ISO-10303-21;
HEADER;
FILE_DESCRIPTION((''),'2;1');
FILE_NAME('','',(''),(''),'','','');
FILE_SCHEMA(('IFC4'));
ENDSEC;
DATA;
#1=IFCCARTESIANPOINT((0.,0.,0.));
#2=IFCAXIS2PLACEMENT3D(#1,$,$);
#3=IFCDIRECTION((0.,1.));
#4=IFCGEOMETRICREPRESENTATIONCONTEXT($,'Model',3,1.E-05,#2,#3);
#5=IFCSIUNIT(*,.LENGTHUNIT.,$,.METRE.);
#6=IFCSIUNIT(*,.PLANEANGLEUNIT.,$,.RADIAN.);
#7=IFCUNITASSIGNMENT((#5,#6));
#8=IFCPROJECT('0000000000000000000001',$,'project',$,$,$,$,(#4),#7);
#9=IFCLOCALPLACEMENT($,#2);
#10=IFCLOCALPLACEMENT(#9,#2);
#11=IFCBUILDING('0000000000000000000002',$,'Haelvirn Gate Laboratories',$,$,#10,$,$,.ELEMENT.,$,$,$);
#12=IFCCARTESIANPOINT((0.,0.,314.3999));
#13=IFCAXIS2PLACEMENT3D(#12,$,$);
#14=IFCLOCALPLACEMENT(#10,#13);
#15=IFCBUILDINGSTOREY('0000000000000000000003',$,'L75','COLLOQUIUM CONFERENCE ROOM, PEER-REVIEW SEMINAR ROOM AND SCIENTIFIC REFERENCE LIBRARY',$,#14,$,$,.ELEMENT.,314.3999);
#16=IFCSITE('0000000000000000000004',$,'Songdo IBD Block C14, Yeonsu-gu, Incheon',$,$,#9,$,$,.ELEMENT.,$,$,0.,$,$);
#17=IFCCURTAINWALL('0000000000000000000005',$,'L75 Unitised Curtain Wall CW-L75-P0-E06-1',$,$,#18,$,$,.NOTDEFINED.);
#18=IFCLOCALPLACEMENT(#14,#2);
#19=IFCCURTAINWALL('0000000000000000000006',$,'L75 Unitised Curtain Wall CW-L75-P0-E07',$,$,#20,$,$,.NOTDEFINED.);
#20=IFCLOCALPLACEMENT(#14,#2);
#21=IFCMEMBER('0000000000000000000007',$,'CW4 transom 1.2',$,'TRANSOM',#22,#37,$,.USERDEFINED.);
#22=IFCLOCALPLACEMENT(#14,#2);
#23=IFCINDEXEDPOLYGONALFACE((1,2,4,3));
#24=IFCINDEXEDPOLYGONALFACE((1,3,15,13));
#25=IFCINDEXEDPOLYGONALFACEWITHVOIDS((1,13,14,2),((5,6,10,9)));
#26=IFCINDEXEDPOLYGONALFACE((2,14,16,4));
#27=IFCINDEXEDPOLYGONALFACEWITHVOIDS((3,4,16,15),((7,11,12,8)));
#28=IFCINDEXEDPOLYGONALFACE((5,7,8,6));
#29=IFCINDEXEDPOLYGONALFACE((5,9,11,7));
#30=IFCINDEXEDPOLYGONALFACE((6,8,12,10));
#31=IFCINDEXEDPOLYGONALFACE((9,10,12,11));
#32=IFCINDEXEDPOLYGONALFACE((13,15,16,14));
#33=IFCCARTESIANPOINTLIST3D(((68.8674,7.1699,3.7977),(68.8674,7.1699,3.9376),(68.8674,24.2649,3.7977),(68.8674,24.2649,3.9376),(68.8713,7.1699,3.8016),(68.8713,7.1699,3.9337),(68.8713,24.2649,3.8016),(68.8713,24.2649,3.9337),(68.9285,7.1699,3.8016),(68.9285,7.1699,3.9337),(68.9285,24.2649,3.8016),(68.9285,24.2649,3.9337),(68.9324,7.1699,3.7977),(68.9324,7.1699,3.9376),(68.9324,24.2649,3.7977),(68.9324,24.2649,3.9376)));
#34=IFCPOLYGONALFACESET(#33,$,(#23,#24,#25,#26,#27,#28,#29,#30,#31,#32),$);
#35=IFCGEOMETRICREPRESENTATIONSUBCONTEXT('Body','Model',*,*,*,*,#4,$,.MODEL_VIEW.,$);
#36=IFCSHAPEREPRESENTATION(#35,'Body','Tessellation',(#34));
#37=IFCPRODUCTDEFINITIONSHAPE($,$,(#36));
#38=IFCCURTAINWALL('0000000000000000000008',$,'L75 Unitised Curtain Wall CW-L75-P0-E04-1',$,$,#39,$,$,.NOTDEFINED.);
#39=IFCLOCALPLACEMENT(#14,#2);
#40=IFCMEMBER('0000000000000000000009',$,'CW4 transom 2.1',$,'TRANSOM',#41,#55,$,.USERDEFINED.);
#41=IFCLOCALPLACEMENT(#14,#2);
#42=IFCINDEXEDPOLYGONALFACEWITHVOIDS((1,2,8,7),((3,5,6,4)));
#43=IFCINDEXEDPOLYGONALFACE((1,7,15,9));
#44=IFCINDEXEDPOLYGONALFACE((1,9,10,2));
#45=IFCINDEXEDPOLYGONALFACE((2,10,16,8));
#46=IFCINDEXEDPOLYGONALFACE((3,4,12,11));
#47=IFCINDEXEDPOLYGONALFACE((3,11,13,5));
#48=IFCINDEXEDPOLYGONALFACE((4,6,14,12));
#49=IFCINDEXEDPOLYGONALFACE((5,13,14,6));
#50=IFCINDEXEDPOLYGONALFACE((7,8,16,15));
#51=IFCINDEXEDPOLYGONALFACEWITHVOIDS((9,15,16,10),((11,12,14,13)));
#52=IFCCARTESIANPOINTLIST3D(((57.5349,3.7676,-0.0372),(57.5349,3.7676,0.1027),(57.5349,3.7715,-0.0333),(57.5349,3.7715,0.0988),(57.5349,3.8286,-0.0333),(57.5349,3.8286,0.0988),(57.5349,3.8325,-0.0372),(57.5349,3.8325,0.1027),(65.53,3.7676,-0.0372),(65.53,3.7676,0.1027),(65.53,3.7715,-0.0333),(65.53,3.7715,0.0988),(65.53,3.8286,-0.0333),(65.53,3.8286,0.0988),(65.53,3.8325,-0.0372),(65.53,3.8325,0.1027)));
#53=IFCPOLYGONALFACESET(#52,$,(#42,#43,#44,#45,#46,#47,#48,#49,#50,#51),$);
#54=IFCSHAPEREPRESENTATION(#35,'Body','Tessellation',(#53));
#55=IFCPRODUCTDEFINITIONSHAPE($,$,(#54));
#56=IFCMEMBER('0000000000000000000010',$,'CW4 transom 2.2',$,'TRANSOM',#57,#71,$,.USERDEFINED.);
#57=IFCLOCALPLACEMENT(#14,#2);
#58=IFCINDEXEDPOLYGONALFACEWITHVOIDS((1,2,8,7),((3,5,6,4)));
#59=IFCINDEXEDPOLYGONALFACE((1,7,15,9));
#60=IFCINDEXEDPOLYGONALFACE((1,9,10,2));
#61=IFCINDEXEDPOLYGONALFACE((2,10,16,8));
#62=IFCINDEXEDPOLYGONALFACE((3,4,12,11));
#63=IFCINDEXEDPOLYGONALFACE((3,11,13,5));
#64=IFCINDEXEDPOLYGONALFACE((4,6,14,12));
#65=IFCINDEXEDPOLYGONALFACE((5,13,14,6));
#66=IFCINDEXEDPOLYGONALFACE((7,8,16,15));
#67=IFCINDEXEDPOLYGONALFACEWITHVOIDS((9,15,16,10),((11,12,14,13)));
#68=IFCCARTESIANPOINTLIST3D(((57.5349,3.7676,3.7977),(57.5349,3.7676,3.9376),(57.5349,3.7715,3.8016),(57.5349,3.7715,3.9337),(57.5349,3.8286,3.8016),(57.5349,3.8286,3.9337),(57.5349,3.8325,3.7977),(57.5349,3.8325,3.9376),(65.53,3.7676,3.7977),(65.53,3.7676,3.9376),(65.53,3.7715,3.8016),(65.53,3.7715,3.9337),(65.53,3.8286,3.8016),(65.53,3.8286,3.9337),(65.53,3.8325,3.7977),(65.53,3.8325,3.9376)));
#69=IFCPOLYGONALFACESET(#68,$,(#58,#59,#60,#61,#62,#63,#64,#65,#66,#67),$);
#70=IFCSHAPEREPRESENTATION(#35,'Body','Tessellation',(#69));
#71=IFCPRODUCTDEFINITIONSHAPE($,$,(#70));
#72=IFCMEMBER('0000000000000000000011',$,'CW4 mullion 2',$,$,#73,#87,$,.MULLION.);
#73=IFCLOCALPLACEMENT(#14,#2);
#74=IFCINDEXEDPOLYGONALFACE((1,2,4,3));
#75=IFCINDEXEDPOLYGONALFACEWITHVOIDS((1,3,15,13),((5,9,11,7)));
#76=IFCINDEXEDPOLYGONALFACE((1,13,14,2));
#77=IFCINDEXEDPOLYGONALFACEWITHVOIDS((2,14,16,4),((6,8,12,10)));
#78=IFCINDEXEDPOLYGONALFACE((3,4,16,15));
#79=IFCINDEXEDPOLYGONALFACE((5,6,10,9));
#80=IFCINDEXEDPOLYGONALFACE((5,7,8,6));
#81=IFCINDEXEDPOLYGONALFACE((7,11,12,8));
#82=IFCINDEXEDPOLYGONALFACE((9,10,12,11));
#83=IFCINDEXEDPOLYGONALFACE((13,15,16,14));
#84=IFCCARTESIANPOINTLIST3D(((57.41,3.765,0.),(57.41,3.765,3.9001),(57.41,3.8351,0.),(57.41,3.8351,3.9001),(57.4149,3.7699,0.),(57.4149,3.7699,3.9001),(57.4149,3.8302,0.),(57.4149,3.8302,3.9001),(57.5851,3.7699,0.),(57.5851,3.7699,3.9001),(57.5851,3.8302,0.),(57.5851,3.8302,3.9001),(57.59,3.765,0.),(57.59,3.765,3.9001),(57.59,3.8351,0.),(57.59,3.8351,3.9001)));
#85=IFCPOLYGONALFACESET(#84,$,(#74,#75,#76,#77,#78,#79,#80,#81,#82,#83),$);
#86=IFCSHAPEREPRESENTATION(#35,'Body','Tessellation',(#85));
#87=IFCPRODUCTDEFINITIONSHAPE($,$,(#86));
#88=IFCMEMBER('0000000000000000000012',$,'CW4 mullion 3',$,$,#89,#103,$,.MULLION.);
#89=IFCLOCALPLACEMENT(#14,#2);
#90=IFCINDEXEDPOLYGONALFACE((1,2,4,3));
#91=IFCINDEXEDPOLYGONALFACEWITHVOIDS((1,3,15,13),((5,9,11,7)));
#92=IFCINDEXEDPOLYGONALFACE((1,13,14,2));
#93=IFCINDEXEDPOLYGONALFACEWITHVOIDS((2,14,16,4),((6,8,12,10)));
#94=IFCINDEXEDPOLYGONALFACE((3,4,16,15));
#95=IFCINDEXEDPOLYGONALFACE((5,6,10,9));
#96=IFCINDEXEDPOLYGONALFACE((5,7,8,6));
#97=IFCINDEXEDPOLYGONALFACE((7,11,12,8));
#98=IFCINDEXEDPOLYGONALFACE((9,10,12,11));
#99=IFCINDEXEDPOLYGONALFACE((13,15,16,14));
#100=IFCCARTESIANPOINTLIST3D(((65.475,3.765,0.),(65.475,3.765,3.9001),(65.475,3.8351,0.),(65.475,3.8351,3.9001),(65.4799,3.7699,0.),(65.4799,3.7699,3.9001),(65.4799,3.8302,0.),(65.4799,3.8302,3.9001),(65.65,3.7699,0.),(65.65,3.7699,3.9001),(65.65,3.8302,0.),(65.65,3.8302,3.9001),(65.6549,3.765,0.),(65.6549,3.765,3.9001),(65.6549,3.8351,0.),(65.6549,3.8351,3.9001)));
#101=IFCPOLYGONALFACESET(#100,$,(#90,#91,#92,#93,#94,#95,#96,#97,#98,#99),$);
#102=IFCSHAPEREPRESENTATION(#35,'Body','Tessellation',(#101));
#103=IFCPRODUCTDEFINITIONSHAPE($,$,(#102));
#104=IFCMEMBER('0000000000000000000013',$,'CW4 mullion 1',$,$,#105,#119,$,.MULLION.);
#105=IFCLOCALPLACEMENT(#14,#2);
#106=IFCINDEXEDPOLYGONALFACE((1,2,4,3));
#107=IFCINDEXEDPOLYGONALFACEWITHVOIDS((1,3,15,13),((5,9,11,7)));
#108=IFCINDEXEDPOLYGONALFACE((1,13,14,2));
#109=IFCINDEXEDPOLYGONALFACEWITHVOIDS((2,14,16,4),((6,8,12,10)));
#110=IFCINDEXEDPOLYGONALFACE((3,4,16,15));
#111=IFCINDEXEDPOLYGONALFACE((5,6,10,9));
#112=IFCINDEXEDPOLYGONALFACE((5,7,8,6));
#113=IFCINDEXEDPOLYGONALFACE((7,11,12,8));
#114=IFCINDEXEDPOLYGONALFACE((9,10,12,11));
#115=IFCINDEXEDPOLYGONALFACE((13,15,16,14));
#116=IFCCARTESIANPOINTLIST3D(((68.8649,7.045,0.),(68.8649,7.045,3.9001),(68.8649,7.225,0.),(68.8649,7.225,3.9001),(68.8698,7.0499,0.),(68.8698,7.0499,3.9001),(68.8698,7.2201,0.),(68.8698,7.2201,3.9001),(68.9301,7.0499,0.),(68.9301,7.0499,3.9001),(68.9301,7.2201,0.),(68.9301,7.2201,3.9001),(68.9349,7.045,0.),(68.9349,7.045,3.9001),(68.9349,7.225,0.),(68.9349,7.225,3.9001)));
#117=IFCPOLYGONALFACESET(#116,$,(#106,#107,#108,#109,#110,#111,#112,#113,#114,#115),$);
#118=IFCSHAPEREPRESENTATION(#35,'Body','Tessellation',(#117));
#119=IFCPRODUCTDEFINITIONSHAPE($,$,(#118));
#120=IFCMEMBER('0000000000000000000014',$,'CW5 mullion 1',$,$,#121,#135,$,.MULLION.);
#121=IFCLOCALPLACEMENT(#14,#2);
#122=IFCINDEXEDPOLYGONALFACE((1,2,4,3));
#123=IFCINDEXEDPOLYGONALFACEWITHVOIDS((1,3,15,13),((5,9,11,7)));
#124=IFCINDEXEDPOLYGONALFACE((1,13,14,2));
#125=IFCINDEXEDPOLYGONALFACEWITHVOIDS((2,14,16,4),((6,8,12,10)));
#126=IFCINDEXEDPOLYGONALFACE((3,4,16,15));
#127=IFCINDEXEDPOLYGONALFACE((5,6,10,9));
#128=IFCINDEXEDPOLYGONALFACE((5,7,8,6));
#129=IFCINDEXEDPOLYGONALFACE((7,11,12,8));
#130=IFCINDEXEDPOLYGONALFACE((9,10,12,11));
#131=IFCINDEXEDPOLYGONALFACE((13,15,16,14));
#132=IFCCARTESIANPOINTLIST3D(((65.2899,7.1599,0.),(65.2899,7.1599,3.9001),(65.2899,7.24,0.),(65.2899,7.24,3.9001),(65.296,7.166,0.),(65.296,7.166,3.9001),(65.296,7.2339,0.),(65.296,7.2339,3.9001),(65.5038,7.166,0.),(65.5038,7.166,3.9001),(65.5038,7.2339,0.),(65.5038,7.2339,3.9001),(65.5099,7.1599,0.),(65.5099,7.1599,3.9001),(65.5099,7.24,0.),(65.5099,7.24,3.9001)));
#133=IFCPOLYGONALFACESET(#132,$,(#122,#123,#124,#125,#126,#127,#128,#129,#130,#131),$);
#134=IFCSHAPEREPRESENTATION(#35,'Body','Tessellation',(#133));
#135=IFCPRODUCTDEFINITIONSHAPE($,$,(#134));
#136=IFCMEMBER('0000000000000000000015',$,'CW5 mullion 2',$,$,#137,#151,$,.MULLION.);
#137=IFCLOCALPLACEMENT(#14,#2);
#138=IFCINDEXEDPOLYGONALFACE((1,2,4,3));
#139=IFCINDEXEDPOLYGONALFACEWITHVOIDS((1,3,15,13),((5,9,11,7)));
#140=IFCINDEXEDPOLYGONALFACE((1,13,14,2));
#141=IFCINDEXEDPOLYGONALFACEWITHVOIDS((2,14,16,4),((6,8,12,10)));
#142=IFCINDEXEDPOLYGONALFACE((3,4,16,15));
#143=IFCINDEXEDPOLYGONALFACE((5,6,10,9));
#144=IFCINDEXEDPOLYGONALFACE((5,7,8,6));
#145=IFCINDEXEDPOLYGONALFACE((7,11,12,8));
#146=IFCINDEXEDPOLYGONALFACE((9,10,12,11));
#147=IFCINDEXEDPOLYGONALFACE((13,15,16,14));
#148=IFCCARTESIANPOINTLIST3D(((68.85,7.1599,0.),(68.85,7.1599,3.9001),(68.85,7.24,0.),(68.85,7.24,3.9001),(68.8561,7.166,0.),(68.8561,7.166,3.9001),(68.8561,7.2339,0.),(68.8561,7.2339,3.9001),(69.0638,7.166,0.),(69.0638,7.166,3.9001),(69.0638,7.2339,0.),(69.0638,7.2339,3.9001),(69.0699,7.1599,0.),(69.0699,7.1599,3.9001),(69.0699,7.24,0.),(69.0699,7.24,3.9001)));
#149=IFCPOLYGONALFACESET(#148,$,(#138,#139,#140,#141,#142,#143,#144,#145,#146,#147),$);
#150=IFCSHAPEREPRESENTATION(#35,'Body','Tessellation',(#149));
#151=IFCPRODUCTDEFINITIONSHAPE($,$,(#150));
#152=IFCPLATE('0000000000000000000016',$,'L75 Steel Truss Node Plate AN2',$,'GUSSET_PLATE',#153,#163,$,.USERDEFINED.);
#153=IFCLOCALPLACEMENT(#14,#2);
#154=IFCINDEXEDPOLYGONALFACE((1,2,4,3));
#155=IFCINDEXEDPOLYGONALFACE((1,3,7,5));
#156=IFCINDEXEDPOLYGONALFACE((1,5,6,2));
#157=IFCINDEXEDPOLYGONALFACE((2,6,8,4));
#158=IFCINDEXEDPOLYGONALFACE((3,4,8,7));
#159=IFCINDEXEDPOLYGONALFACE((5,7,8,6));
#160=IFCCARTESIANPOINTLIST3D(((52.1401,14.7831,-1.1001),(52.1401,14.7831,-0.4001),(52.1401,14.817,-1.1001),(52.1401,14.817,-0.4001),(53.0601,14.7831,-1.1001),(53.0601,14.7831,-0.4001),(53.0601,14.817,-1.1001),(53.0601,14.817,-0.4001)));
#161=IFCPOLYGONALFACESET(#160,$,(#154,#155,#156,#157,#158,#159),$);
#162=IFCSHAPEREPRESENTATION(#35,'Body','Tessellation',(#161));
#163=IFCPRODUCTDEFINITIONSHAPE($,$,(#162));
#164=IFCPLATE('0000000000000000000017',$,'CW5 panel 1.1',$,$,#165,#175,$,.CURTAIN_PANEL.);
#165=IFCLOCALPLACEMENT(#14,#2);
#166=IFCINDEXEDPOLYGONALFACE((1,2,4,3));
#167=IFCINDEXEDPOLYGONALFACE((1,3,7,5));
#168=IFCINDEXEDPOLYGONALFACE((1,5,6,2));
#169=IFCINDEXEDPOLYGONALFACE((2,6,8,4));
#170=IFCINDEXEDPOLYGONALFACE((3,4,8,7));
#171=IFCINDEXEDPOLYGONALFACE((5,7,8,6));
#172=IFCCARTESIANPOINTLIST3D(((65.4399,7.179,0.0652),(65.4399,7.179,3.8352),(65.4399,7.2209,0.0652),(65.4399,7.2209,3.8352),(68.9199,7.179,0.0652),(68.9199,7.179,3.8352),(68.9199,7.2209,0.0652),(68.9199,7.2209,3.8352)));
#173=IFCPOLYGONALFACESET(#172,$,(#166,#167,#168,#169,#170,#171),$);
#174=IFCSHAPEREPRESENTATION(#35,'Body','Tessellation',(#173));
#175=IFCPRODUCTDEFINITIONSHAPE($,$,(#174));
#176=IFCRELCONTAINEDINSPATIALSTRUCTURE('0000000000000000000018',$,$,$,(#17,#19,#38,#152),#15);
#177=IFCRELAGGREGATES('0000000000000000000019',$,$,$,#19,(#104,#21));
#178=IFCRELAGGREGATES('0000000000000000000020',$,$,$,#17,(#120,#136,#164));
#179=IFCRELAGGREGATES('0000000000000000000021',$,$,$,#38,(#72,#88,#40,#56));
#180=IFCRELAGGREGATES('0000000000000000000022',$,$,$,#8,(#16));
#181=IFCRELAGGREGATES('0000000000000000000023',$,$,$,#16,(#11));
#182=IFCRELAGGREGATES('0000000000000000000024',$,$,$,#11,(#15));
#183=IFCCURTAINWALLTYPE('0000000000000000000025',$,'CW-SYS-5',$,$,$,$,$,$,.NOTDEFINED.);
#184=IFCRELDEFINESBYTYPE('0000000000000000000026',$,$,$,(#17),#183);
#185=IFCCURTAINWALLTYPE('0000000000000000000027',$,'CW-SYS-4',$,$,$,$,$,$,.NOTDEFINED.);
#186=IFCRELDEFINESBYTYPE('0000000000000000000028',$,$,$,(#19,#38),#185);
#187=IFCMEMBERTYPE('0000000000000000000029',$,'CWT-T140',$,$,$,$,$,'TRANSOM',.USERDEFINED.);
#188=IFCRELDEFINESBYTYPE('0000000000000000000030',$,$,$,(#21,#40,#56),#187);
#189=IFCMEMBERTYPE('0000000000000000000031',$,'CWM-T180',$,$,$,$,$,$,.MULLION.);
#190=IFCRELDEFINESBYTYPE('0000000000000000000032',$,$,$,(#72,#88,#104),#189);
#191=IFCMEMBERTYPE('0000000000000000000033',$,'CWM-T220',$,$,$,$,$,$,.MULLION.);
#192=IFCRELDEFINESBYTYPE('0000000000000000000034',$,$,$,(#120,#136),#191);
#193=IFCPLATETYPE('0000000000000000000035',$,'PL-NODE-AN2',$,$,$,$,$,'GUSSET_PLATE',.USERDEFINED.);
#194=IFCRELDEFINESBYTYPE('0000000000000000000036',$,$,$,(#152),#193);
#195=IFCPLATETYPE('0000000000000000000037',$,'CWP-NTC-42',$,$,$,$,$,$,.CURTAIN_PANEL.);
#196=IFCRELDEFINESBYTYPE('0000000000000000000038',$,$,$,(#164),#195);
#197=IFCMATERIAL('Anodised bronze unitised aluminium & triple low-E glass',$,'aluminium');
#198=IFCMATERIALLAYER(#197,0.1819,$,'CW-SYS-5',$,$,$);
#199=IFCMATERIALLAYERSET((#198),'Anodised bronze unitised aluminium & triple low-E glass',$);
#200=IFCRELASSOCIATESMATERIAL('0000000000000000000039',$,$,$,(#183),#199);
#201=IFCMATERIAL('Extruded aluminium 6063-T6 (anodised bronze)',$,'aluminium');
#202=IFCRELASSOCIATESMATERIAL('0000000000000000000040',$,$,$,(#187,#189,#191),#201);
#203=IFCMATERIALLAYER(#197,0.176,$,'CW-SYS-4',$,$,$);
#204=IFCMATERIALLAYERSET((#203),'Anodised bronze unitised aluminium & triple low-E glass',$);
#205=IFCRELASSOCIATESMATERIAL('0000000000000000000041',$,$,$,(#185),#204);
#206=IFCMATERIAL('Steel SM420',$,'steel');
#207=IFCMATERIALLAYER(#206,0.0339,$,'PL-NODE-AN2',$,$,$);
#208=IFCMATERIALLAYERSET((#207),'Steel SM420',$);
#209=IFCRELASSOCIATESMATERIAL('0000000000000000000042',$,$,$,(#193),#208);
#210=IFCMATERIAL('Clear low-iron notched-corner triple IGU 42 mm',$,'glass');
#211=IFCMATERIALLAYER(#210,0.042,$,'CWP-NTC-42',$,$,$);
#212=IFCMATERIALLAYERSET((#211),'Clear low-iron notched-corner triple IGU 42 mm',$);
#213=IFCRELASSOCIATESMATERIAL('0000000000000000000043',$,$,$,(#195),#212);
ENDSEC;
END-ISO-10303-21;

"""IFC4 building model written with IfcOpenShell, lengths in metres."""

from ifc_helpers import new_model, si_unit, direction, frame, origin, origin_2d, place, context, subcontext, project, spatial, rectangle, hollow_rectangle, extrude, source, transform, mapped, material, layer, layer_set, material_profile, profile_set, type_object, type_shapes, element, aggregate, save


model = new_model("IFC4")

# Units and contexts
model_context = context("Model", 3, precision=1e-05, world=origin(), true_north=direction((0.0, 1.0)))
body_context = subcontext(model_context, "Body", "Model", "MODEL_VIEW")
ifc_project = project(units=[si_unit("LENGTHUNIT", "METRE"), si_unit("PLANEANGLEUNIT", "RADIAN")], contexts=[model_context])

# Site, building, storey
site_placement = place(None, origin())
site = spatial("IfcSite", under=ifc_project, at=site_placement, Name="Songdo IBD Block C14, Yeonsu-gu, Incheon", CompositionType="ELEMENT", RefElevation=0.0)
building_placement = place(site_placement, origin())
building = spatial("IfcBuilding", under=site, at=building_placement, Name="Haelvirn Gate Laboratories", CompositionType="ELEMENT")
storey_placement = place(building_placement, frame((0.0, 0.0, 314.3999)))
storey = spatial("IfcBuildingStorey", under=building, at=storey_placement, Name="L75", Description="COLLOQUIUM CONFERENCE ROOM, PEER-REVIEW SEMINAR ROOM AND SCIENTIFIC REFERENCE LIBRARY", CompositionType="ELEMENT", Elevation=314.3999)

# Curtain walls, members
ifc_material_1 = material(Name="Anodised bronze unitised aluminium & triple low-E glass", Category="aluminium")
ifc_layer_1 = layer(ifc_material_1, 0.1819, Name="CW-SYS-5")
ifc_layer_set_1 = layer_set([ifc_layer_1], Name="Anodised bronze unitised aluminium & triple low-E glass")
curtain_wall_type_1 = type_object("IfcCurtainWallType", Name="CW-SYS-5", PredefinedType="NOTDEFINED", material=ifc_layer_set_1)
curtain_wall_1_placement = place(storey_placement, origin())
curtain_wall_1 = element("IfcCurtainWall", 1, at=curtain_wall_1_placement, inside=storey, type_object=curtain_wall_type_1, Name="L75 Unitised Curtain Wall CW-L75-P0-E06-1", PredefinedType="NOTDEFINED")
ifc_material_2 = material(Name="Extruded aluminium 6063-T6 (anodised bronze)", Category="aluminium")
ifc_material_profile_1 = material_profile(ifc_material_2, hollow_rectangle(XDim=0.0649, YDim=0.1399, WallThickness=0.0039, at=origin_2d()), Name="CWT-140x65x4")
ifc_profile_set_1 = profile_set([ifc_material_profile_1], Name="Extruded aluminium 6063-T6 (anodised bronze)")
member_type_1 = type_object("IfcMemberType", Name="CWT-T140", ElementType="TRANSOM", PredefinedType="USERDEFINED", material=ifc_profile_set_1)
ifc_layer_2 = layer(ifc_material_1, 0.176, Name="CW-SYS-4")
ifc_layer_set_2 = layer_set([ifc_layer_2], Name="Anodised bronze unitised aluminium & triple low-E glass")
curtain_wall_type_2 = type_object("IfcCurtainWallType", Name="CW-SYS-4", PredefinedType="NOTDEFINED", material=ifc_layer_set_2)
curtain_wall_2_placement = place(storey_placement, origin())
curtain_wall_2 = element("IfcCurtainWall", 2, at=curtain_wall_2_placement, inside=storey, type_object=curtain_wall_type_2, Name="L75 Unitised Curtain Wall CW-L75-P0-E07", PredefinedType="NOTDEFINED")
shared_shape_1 = source(origin(), body_context, "Body", "SweptSolid", [
    extrude(hollow_rectangle(XDim=0.0649, YDim=0.1399, WallThickness=0.0039, at=origin_2d()), origin(), (0.0, 0.0, 1.0), 17.095),
])
member_1_placement = place(storey_placement, frame((68.8999, 7.1699, 3.8677), z_axis=(0.0, 1.0, 0.0), x_axis=(-1.0, 0.0, 0.0)))
member_1 = element("IfcMember", 3, at=member_1_placement, type_object=member_type_1, Name="CW4 transom 1.2", ObjectType="TRANSOM", PredefinedType="USERDEFINED", context=body_context, shape_type="MappedRepresentation", body=[
    mapped(shared_shape_1, transform((0.0, 0.0, 0.0), scale=1.0)),
])
curtain_wall_3_placement = place(storey_placement, origin())
curtain_wall_3 = element("IfcCurtainWall", 4, at=curtain_wall_3_placement, inside=storey, type_object=curtain_wall_type_2, Name="L75 Unitised Curtain Wall CW-L75-P0-E04-1", PredefinedType="NOTDEFINED")
shared_shape_2 = source(origin(), body_context, "Body", "SweptSolid", [
    extrude(hollow_rectangle(XDim=0.0649, YDim=0.1399, WallThickness=0.0039, at=origin_2d()), origin(), (0.0, 0.0, 1.0), 7.9951),
])
member_2_placement = place(storey_placement, frame((57.5349, 3.8, 0.0327), z_axis=(1.0, 0.0, 0.0), x_axis=(0.0, 1.0, 0.0)))
member_2 = element("IfcMember", 5, at=member_2_placement, type_object=member_type_1, Name="CW4 transom 2.1", ObjectType="TRANSOM", PredefinedType="USERDEFINED", context=body_context, shape_type="MappedRepresentation", body=[
    mapped(shared_shape_2, transform((0.0, 0.0, 0.0), scale=1.0)),
])
member_3_placement = place(storey_placement, frame((57.5349, 3.8, 3.8677), z_axis=(1.0, 0.0, 0.0), x_axis=(0.0, 1.0, 0.0)))
member_3 = element("IfcMember", 6, at=member_3_placement, type_object=member_type_1, Name="CW4 transom 2.2", ObjectType="TRANSOM", PredefinedType="USERDEFINED", context=body_context, shape_type="MappedRepresentation", body=[
    mapped(shared_shape_2, transform((0.0, 0.0, 0.0), scale=1.0)),
])
ifc_material_profile_2 = material_profile(ifc_material_2, hollow_rectangle(XDim=0.0701, YDim=0.1799, WallThickness=0.0049, at=origin_2d()), Name="CWM-180x70x5")
ifc_profile_set_2 = profile_set([ifc_material_profile_2], Name="Extruded aluminium 6063-T6 (anodised bronze)")
member_type_2 = type_object("IfcMemberType", Name="CWM-T180", PredefinedType="MULLION", material=ifc_profile_set_2)
shared_shape_3 = source(origin(), body_context, "Body", "SweptSolid", [
    extrude(hollow_rectangle(XDim=0.0701, YDim=0.1799, WallThickness=0.0049, at=origin_2d()), origin(), (0.0, 0.0, 1.0), 3.9001),
])
type_shapes(member_type_2, [shared_shape_3])
member_4_placement = place(storey_placement, frame((57.5, 3.8, 0.0), z_axis=(0.0, 0.0, 1.0), x_axis=(0.0, 1.0, 0.0)))
member_4 = element("IfcMember", 7, at=member_4_placement, type_object=member_type_2, Name="CW4 mullion 2", PredefinedType="MULLION", context=body_context, shape_type="MappedRepresentation", body=[
    mapped(shared_shape_3, transform((0.0, 0.0, 0.0), scale=1.0)),
])
member_5_placement = place(storey_placement, frame((65.5649, 3.8, 0.0), z_axis=(0.0, 0.0, 1.0), x_axis=(0.0, 1.0, 0.0)))
member_5 = element("IfcMember", 8, at=member_5_placement, type_object=member_type_2, Name="CW4 mullion 3", PredefinedType="MULLION", context=body_context, shape_type="MappedRepresentation", body=[
    mapped(shared_shape_3, transform((0.0, 0.0, 0.0), scale=1.0)),
])

# Members
member_6_placement = place(storey_placement, frame((68.8999, 7.135, 0.0), z_axis=(0.0, 0.0, 1.0), x_axis=(-1.0, 0.0, 0.0)))
member_6 = element("IfcMember", 9, at=member_6_placement, type_object=member_type_2, Name="CW4 mullion 1", PredefinedType="MULLION", context=body_context, shape_type="MappedRepresentation", body=[
    mapped(shared_shape_3, transform((0.0, 0.0, 0.0), scale=1.0)),
])
aggregate(curtain_wall_2, [member_6, member_1])
ifc_material_profile_3 = material_profile(ifc_material_2, hollow_rectangle(XDim=0.0801, YDim=0.22, WallThickness=0.0061, at=origin_2d()), Name="CWM-220x80x6")
ifc_profile_set_3 = profile_set([ifc_material_profile_3], Name="Extruded aluminium 6063-T6 (anodised bronze)")
member_type_3 = type_object("IfcMemberType", Name="CWM-T220", PredefinedType="MULLION", material=ifc_profile_set_3)
shared_shape_4 = source(origin(), body_context, "Body", "SweptSolid", [
    extrude(hollow_rectangle(XDim=0.0801, YDim=0.22, WallThickness=0.0061, at=origin_2d()), origin(), (0.0, 0.0, 1.0), 3.9001),
])
type_shapes(member_type_3, [shared_shape_4])
member_7_placement = place(storey_placement, frame((65.3999, 7.2, 0.0), z_axis=(0.0, 0.0, 1.0), x_axis=(0.0, 1.0, 0.0)))
member_7 = element("IfcMember", 10, at=member_7_placement, type_object=member_type_3, Name="CW5 mullion 1", PredefinedType="MULLION", context=body_context, shape_type="MappedRepresentation", body=[
    mapped(shared_shape_4, transform((0.0, 0.0, 0.0), scale=1.0)),
])
member_8_placement = place(storey_placement, frame((68.96, 7.2, 0.0), z_axis=(0.0, 0.0, 1.0), x_axis=(0.0, 1.0, 0.0)))
member_8 = element("IfcMember", 11, at=member_8_placement, type_object=member_type_3, Name="CW5 mullion 2", PredefinedType="MULLION", context=body_context, shape_type="MappedRepresentation", body=[
    mapped(shared_shape_4, transform((0.0, 0.0, 0.0), scale=1.0)),
])

# Plates
ifc_material_3 = material(Name="Steel SM420", Category="steel")
ifc_layer_3 = layer(ifc_material_3, 0.0339, Name="PL-NODE-AN2")
ifc_layer_set_3 = layer_set([ifc_layer_3], Name="Steel SM420")
plate_type_1 = type_object("IfcPlateType", Name="PL-NODE-AN2", ElementType="GUSSET_PLATE", PredefinedType="USERDEFINED", material=ifc_layer_set_3)
shared_shape_5 = source(origin(), body_context, "Body", "SweptSolid", [
    extrude(rectangle(XDim=0.9199, YDim=0.0339, at=origin_2d()), origin(), (0.0, 0.0, 1.0), 0.7),
])
type_shapes(plate_type_1, [shared_shape_5])
plate_1_placement = place(storey_placement, frame((52.6001, 14.8, -1.1001), z_axis=(0.0, 0.0, 1.0), x_axis=(1.0, 0.0, 0.0)))
element("IfcPlate", 12, at=plate_1_placement, inside=storey, type_object=plate_type_1, Name="L75 Steel Truss Node Plate AN2", ObjectType="GUSSET_PLATE", PredefinedType="USERDEFINED", context=body_context, shape_type="MappedRepresentation", body=[
    mapped(shared_shape_5, transform((0.0, 0.0, 0.0), scale=1.0)),
])
ifc_material_4 = material(Name="Clear low-iron notched-corner triple IGU 42 mm", Category="glass")
ifc_layer_4 = layer(ifc_material_4, 0.042, Name="CWP-NTC-42")
ifc_layer_set_4 = layer_set([ifc_layer_4], Name="Clear low-iron notched-corner triple IGU 42 mm")
plate_type_2 = type_object("IfcPlateType", Name="CWP-NTC-42", PredefinedType="CURTAIN_PANEL", material=ifc_layer_set_4)
shared_shape_6 = source(origin(), body_context, "Body", "SweptSolid", [
    extrude(rectangle(XDim=3.48, YDim=0.042, at=origin_2d()), origin(), (0.0, 0.0, 1.0), 3.77),
])
type_shapes(plate_type_2, [shared_shape_6])
plate_2_placement = place(storey_placement, frame((67.1799, 7.2, 0.0652), z_axis=(0.0, 0.0, 1.0), x_axis=(1.0, 0.0, 0.0)))
plate_2 = element("IfcPlate", 13, at=plate_2_placement, type_object=plate_type_2, Name="CW5 panel 1.1", PredefinedType="CURTAIN_PANEL", context=body_context, shape_type="MappedRepresentation", body=[
    mapped(shared_shape_6, transform((0.0, 0.0, 0.0), scale=1.0)),
])
aggregate(curtain_wall_1, [member_7, member_8, plate_2])
aggregate(curtain_wall_3, [member_4, member_5, member_2, member_3])

save(model, "model.ifc")
